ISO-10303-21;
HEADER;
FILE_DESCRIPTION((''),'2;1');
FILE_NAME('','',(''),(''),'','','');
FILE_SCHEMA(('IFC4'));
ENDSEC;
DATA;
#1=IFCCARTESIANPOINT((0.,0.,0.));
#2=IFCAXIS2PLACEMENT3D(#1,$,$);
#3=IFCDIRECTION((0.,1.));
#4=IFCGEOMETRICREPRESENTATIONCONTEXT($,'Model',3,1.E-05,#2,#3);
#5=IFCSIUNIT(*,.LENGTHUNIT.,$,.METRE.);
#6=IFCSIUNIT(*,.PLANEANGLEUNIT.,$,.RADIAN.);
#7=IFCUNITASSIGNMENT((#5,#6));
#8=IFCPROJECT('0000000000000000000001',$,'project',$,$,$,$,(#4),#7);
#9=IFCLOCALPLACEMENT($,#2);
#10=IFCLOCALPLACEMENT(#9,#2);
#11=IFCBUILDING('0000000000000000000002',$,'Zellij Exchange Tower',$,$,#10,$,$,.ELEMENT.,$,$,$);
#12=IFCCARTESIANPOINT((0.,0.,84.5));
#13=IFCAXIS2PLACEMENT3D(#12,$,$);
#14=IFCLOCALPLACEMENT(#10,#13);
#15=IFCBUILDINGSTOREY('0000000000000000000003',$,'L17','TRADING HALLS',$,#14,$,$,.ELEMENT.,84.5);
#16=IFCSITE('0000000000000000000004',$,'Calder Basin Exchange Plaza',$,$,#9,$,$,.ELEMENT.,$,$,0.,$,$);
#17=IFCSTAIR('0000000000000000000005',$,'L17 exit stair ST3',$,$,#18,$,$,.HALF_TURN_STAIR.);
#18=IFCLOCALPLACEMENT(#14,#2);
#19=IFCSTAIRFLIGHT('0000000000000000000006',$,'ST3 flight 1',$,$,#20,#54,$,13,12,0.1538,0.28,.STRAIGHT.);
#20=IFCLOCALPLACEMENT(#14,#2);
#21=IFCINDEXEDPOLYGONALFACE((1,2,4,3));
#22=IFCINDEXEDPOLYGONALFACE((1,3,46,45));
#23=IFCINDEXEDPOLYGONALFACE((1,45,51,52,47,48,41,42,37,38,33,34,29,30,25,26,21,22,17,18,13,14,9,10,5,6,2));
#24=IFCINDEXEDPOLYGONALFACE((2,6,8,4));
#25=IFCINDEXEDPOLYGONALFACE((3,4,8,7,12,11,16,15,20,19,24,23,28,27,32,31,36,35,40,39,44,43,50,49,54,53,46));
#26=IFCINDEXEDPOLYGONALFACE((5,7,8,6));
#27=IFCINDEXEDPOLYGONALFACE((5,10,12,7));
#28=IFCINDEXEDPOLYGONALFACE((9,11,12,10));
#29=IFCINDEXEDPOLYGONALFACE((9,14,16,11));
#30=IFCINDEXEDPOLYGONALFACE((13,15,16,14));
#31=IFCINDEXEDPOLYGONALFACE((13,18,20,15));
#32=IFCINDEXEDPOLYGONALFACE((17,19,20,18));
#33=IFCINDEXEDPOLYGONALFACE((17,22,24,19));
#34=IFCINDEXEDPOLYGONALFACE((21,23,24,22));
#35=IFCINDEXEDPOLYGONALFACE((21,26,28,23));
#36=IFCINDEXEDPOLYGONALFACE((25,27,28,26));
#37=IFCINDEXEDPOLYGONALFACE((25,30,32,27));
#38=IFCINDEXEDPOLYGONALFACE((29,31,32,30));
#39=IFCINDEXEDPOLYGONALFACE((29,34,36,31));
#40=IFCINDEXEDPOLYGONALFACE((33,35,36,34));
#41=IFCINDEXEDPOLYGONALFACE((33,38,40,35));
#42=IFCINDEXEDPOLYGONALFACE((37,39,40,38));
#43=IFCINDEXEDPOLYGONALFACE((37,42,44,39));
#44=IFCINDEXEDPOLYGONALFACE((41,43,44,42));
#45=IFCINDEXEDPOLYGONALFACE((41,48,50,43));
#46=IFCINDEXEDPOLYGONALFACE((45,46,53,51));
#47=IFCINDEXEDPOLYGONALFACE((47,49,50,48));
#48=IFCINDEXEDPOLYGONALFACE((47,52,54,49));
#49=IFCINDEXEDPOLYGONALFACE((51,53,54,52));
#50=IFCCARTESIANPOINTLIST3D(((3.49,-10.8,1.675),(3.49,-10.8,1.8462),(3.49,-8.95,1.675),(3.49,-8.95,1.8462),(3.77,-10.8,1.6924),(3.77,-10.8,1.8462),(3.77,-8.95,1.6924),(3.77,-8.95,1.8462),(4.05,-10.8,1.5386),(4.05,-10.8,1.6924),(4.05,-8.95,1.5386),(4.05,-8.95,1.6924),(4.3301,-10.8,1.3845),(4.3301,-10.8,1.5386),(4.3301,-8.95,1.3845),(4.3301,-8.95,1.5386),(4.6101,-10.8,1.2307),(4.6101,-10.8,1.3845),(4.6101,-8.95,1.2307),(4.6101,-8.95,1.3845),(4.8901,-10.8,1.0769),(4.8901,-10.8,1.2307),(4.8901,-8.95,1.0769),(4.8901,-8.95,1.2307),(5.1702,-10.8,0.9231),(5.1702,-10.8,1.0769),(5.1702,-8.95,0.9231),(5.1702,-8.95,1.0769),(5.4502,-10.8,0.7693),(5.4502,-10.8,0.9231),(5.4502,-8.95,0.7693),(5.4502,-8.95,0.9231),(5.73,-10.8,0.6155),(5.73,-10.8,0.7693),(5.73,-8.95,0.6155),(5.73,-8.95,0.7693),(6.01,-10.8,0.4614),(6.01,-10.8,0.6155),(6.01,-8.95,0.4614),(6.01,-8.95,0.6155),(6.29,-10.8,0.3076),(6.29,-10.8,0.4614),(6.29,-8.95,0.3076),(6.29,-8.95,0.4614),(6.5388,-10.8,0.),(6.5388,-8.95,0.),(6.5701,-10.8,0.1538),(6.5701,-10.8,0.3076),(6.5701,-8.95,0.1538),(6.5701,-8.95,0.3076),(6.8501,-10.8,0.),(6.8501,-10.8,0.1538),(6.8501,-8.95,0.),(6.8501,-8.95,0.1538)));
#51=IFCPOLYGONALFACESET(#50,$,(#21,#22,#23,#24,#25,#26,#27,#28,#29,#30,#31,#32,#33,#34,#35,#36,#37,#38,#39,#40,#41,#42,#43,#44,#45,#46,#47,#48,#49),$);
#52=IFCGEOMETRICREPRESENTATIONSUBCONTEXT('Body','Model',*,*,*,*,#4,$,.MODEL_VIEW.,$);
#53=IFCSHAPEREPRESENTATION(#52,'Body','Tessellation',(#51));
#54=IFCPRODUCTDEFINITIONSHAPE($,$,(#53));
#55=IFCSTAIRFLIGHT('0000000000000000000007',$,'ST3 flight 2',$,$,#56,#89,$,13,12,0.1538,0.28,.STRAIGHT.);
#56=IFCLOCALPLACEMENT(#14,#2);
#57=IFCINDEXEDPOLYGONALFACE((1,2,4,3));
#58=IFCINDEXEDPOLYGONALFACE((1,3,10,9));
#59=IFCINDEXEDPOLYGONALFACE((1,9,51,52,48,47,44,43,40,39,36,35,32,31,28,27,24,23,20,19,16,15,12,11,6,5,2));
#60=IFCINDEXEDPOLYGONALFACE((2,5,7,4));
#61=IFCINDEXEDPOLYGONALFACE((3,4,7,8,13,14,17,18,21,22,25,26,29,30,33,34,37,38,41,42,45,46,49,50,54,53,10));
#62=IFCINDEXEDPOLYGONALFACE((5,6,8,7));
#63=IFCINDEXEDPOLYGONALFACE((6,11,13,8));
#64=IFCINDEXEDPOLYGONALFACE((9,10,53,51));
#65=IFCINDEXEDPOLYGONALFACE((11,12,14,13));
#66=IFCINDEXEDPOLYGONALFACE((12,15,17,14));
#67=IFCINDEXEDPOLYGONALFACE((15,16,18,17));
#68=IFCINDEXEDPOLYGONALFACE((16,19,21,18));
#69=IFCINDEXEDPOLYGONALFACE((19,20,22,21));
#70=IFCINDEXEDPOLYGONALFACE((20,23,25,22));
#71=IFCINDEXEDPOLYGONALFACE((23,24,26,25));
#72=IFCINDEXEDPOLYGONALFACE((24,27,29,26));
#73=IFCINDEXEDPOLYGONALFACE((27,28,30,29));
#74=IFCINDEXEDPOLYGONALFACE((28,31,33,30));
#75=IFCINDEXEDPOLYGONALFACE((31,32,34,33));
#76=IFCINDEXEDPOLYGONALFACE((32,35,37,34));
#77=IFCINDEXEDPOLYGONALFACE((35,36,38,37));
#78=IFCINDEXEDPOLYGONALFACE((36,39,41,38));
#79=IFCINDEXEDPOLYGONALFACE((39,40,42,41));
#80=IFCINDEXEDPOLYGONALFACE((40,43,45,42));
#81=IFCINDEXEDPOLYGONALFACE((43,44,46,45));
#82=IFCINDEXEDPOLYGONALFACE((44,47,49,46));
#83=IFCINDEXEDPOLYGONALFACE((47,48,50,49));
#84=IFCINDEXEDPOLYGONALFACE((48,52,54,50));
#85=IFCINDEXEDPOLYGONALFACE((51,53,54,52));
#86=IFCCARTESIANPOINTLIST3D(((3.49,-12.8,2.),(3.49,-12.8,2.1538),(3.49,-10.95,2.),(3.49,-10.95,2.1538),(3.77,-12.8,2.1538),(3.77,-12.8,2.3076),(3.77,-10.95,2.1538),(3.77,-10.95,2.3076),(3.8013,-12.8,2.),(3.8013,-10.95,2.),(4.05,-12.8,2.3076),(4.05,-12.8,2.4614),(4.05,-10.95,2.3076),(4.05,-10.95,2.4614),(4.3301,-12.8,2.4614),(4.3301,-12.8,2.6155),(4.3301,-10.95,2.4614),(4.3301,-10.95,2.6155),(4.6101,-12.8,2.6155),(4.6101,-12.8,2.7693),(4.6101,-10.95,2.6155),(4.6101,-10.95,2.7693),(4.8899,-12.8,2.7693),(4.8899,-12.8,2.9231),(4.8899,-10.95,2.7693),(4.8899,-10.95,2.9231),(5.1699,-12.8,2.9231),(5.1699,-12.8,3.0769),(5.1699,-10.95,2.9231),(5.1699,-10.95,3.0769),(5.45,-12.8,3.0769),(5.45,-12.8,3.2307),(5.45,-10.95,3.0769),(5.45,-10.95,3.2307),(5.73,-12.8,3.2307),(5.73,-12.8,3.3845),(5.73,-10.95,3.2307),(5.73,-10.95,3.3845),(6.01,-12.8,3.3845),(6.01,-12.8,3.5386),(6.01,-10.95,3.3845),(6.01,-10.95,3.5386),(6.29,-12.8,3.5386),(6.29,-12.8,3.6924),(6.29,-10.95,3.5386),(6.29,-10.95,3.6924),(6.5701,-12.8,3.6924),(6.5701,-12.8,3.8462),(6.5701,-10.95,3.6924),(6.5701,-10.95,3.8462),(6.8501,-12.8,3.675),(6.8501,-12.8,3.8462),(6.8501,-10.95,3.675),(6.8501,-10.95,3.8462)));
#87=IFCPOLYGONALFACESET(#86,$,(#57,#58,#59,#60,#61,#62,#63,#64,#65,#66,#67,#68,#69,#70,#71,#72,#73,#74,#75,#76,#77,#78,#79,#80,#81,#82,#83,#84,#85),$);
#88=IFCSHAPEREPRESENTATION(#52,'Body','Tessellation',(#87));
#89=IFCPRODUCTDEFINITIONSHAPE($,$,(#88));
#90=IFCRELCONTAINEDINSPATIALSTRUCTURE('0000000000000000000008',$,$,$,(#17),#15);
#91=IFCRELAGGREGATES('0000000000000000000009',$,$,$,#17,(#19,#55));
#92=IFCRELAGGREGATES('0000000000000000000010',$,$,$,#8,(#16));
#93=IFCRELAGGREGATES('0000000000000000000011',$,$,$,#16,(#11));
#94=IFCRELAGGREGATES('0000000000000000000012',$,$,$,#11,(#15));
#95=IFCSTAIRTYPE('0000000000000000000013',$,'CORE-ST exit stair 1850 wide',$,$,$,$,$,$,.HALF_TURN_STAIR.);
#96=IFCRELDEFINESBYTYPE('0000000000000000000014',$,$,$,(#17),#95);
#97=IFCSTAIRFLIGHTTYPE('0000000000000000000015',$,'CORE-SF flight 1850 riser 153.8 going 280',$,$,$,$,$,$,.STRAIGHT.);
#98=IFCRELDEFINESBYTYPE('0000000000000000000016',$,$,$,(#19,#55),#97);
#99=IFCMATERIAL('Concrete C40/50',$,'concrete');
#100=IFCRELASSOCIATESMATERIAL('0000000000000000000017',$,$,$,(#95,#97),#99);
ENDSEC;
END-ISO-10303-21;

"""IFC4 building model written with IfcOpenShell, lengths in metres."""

from ifc_helpers import new_model, si_unit, direction, frame, origin, place, context, subcontext, project, spatial, polyline, outline, extrude, material, type_object, element, aggregate, save


model = new_model("IFC4")

# Units and contexts
model_context = context("Model", 3, precision=1e-05, world=origin(), true_north=direction((0.0, 1.0)))
body_context = subcontext(model_context, "Body", "Model", "MODEL_VIEW")
ifc_project = project(units=[si_unit("LENGTHUNIT", "METRE"), si_unit("PLANEANGLEUNIT", "RADIAN")], contexts=[model_context])

# Site, building, storey
site_placement = place(None, origin())
site = spatial("IfcSite", under=ifc_project, at=site_placement, Name="Calder Basin Exchange Plaza", CompositionType="ELEMENT", RefElevation=0.0)
building_placement = place(site_placement, origin())
building = spatial("IfcBuilding", under=site, at=building_placement, Name="Zellij Exchange Tower", CompositionType="ELEMENT")
storey_placement = place(building_placement, frame((0.0, 0.0, 84.5)))
storey = spatial("IfcBuildingStorey", under=building, at=storey_placement, Name="L17", Description="TRADING HALLS", CompositionType="ELEMENT", Elevation=84.5)

# Stair, stair flights
ifc_material_1 = material(Name="Concrete C40/50", Category="concrete")
stair_type = type_object("IfcStairType", Name="CORE-ST exit stair 1850 wide", PredefinedType="HALF_TURN_STAIR", material=ifc_material_1)
stair_placement = place(storey_placement, origin())
stair = element("IfcStair", 1, at=stair_placement, inside=storey, type_object=stair_type, Name="L17 exit stair ST3", PredefinedType="HALF_TURN_STAIR")
stair_flight_type = type_object("IfcStairFlightType", Name="CORE-SF flight 1850 riser 153.8 going 280", PredefinedType="STRAIGHT", material=ifc_material_1)
stair_flight_1_placement = place(storey_placement, frame((6.8501, -9.875, 0.0), z_axis=(0.0, 0.0, 1.0), x_axis=(-1.0, 0.0, 0.0)))
stair_flight_1 = element("IfcStairFlight", 2, at=stair_flight_1_placement, type_object=stair_flight_type, Name="ST3 flight 1", NumberOfRisers=13, NumberOfTreads=12, PredefinedType="STRAIGHT", RiserHeight=0.1538, TreadLength=0.28, context=body_context, shape_type="SweptSolid", body=[
    extrude(outline(polyline([(0.0, 0.0), (0.0, 0.1538), (0.28, 0.1538), (0.28, 0.3076), (0.5601, 0.3076), (0.5601, 0.4614), (0.8401, 0.4614), (0.8401, 0.6155), (1.1201, 0.6155), (1.1201, 0.7693), (1.3999, 0.7693), (1.3999, 0.9231), (1.6799, 0.9231), (1.6799, 1.0769), (1.96, 1.0769), (1.96, 1.2307), (2.24, 1.2307), (2.24, 1.3845), (2.52, 1.3845), (2.52, 1.5386), (2.8, 1.5386), (2.8, 1.6924), (3.0801, 1.6924), (3.0801, 1.8462), (3.3601, 1.8462), (3.3601, 2.0), (3.3601, 1.675), (0.3113, 0.0), (0.0, 0.0)])), frame((0.0, 0.925, 0.0), z_axis=(0.0, -1.0, 0.0), x_axis=(1.0, 0.0, 0.0)), (0.0, 0.0, 1.0), 1.8501),
])
stair_flight_2_placement = place(storey_placement, frame((3.49, -11.875, 2.0), z_axis=(0.0, 0.0, 1.0), x_axis=(1.0, 0.0, 0.0)))
stair_flight_2 = element("IfcStairFlight", 3, at=stair_flight_2_placement, type_object=stair_flight_type, Name="ST3 flight 2", NumberOfRisers=13, NumberOfTreads=12, PredefinedType="STRAIGHT", RiserHeight=0.1538, TreadLength=0.28, context=body_context, shape_type="SweptSolid", body=[
    extrude(outline(polyline([(0.0, 0.0), (0.0, 0.1538), (0.28, 0.1538), (0.28, 0.3076), (0.5601, 0.3076), (0.5601, 0.4614), (0.8401, 0.4614), (0.8401, 0.6155), (1.1201, 0.6155), (1.1201, 0.7693), (1.3999, 0.7693), (1.3999, 0.9231), (1.6799, 0.9231), (1.6799, 1.0769), (1.96, 1.0769), (1.96, 1.2307), (2.24, 1.2307), (2.24, 1.3845), (2.52, 1.3845), (2.52, 1.5386), (2.8, 1.5386), (2.8, 1.6924), (3.0801, 1.6924), (3.0801, 1.8462), (3.3601, 1.8462), (3.3601, 2.0), (3.3601, 1.675), (0.3113, 0.0), (0.0, 0.0)])), frame((0.0, 0.925, 0.0), z_axis=(0.0, -1.0, 0.0), x_axis=(1.0, 0.0, 0.0)), (0.0, 0.0, 1.0), 1.8501),
])
aggregate(stair, [stair_flight_1, stair_flight_2])

save(model, "model.ifc")
